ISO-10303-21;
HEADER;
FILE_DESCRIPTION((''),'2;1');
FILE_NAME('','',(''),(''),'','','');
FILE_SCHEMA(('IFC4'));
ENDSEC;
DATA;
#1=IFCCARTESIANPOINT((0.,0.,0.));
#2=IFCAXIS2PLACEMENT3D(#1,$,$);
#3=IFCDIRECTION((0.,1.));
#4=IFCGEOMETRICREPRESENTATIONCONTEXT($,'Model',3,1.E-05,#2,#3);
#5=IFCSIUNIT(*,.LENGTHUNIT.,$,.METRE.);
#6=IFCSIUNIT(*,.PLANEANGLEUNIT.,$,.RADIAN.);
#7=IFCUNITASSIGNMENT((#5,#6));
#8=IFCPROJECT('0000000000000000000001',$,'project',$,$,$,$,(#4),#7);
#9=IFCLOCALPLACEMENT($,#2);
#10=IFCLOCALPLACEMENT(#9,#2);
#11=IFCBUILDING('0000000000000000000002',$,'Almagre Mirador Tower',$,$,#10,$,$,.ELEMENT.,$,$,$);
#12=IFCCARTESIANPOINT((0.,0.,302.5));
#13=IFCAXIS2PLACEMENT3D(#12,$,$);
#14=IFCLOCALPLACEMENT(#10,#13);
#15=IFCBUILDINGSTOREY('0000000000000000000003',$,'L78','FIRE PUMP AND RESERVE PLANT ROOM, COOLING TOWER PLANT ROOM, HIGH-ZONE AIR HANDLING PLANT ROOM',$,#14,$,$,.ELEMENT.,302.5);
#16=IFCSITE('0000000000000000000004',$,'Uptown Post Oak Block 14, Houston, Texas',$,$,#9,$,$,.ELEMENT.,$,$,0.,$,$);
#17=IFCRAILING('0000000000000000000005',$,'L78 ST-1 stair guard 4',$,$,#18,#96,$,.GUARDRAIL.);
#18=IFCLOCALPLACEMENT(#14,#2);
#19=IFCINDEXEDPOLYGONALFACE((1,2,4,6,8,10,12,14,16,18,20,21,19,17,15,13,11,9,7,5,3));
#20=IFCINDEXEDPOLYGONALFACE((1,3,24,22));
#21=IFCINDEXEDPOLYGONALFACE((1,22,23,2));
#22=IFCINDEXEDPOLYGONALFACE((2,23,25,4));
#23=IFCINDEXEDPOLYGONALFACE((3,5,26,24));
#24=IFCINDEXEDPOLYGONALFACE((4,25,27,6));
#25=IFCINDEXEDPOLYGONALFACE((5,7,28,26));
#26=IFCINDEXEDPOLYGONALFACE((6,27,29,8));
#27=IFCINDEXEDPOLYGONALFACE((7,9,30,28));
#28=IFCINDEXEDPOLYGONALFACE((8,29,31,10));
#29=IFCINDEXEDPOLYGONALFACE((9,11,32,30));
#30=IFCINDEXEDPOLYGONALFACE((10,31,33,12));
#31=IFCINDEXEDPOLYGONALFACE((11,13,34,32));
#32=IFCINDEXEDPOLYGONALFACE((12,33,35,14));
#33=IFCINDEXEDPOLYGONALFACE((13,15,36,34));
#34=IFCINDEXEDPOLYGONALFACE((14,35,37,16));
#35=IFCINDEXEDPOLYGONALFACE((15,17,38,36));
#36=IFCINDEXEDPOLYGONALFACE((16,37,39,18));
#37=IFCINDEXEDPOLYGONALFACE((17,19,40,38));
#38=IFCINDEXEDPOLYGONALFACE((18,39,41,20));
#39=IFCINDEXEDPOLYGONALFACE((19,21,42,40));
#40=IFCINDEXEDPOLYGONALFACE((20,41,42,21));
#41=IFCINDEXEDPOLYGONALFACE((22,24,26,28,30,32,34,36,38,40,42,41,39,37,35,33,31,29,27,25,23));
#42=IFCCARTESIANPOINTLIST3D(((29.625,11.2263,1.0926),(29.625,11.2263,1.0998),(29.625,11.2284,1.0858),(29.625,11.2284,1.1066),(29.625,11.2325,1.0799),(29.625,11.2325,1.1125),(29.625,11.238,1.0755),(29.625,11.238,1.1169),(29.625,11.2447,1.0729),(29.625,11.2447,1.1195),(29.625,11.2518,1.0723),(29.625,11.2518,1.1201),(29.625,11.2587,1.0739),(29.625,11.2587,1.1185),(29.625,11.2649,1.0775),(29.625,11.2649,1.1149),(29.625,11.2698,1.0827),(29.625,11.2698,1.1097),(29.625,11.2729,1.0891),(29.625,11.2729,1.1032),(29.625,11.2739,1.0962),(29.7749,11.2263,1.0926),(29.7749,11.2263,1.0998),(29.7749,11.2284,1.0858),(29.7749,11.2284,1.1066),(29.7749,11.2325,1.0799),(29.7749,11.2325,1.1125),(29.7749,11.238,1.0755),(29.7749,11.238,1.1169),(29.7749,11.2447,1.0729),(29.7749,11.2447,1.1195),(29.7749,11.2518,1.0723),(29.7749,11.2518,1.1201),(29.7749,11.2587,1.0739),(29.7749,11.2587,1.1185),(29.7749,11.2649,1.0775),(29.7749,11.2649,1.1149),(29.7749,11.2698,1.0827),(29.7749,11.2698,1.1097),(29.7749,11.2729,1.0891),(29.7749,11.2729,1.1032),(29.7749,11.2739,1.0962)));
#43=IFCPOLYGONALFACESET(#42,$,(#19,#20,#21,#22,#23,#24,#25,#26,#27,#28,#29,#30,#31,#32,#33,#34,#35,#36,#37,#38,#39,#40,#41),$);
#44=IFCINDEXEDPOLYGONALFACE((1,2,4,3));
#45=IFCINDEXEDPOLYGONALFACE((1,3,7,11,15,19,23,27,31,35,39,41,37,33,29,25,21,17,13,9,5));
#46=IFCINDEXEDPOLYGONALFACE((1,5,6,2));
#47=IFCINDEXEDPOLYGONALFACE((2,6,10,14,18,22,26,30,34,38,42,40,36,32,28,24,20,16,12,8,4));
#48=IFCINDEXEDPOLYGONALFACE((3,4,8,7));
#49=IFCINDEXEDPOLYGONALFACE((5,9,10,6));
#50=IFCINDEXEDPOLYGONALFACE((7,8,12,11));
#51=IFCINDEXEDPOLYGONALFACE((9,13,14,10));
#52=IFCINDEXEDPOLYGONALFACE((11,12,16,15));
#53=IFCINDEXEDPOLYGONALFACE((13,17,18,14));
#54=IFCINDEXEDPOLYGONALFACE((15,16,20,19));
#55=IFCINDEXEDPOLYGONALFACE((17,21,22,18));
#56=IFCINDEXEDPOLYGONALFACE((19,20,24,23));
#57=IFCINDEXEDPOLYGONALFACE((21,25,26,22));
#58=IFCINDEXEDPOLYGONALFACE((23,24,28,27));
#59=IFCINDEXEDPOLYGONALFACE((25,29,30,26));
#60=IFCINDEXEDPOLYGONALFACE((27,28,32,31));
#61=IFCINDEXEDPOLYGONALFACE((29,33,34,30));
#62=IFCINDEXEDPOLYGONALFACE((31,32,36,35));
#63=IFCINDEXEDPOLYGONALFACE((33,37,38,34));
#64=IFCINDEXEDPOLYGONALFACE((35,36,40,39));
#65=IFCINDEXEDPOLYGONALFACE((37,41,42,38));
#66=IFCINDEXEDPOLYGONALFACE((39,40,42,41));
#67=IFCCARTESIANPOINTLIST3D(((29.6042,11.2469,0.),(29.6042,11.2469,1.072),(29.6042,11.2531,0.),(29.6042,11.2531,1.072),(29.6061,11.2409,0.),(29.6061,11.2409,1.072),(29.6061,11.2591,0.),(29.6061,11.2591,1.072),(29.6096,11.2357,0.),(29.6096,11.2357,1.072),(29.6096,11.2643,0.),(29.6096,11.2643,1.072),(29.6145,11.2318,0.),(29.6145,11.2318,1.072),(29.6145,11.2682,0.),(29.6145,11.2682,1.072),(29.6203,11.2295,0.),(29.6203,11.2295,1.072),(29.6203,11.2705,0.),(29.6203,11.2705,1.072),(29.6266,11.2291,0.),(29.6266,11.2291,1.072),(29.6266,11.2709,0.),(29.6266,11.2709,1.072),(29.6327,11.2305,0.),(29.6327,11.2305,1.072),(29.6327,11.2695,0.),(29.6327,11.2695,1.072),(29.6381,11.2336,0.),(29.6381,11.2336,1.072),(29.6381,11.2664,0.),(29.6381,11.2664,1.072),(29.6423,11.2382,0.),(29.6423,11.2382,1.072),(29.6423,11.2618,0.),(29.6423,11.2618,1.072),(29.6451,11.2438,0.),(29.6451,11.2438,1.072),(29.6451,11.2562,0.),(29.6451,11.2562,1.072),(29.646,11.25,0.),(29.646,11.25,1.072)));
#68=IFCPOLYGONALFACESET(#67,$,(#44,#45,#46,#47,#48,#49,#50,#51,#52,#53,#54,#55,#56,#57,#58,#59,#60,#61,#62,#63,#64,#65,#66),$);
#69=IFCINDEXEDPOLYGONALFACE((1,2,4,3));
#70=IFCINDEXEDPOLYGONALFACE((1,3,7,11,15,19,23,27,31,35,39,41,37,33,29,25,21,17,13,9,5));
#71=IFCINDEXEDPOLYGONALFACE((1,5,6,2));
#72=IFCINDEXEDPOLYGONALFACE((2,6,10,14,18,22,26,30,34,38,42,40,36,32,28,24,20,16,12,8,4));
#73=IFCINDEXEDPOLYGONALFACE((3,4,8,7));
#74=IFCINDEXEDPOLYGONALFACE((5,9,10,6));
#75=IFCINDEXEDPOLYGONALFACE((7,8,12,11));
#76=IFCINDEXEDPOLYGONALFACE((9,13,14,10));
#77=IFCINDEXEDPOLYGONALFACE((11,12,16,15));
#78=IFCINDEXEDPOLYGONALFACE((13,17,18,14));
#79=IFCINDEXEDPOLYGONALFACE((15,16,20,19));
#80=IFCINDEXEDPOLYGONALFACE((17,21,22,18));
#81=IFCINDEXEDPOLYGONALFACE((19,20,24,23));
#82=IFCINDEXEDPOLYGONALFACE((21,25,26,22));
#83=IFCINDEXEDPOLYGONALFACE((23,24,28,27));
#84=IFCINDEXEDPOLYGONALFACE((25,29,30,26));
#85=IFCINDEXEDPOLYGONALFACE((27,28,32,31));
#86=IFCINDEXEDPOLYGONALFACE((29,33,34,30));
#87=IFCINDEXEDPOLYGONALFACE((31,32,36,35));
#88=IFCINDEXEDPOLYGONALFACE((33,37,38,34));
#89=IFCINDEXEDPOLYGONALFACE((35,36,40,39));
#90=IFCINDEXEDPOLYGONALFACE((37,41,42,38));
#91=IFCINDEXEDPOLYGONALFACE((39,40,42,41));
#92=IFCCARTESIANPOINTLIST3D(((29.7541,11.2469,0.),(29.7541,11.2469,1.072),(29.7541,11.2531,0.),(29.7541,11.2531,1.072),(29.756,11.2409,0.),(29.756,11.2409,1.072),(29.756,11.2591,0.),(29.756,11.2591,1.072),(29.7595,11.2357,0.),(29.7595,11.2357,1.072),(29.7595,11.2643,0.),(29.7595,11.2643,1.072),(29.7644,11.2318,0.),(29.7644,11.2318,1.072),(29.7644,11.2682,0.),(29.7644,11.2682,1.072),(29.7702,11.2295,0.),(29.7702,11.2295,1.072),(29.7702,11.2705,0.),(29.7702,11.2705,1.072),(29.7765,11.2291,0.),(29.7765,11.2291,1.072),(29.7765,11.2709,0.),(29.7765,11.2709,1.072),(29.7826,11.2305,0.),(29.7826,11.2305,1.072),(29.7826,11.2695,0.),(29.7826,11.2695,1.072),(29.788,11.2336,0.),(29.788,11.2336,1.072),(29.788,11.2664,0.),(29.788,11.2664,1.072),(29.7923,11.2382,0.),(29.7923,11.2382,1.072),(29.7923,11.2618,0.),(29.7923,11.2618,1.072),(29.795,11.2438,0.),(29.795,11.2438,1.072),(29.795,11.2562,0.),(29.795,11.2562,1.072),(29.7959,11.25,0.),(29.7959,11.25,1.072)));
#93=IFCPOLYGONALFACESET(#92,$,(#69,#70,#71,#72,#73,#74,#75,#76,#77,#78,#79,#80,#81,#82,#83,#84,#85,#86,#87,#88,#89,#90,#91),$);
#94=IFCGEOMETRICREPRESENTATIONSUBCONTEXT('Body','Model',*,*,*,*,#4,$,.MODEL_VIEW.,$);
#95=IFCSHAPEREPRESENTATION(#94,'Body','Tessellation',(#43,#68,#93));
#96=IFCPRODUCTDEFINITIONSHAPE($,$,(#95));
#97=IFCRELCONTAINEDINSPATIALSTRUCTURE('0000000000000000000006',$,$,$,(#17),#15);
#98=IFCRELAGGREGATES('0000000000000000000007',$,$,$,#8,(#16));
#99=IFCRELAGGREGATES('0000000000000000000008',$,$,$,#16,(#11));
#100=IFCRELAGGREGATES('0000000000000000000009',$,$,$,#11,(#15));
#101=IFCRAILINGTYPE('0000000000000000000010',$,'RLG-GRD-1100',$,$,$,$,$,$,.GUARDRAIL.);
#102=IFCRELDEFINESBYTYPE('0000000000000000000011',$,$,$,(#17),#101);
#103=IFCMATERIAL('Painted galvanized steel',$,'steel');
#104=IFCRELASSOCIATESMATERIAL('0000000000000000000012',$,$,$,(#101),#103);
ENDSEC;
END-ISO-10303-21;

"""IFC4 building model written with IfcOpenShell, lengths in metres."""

from ifc_helpers import new_model, si_unit, direction, frame, origin, origin_2d, place, context, subcontext, project, spatial, circle, extrude, material, type_object, element, save


model = new_model("IFC4")

# Units and contexts
model_context = context("Model", 3, precision=1e-05, world=origin(), true_north=direction((0.0, 1.0)))
body_context = subcontext(model_context, "Body", "Model", "MODEL_VIEW")
ifc_project = project(units=[si_unit("LENGTHUNIT", "METRE"), si_unit("PLANEANGLEUNIT", "RADIAN")], contexts=[model_context])

# Site, building, storey
site_placement = place(None, origin())
site = spatial("IfcSite", under=ifc_project, at=site_placement, Name="Uptown Post Oak Block 14, Houston, Texas", CompositionType="ELEMENT", RefElevation=0.0)
building_placement = place(site_placement, origin())
building = spatial("IfcBuilding", under=site, at=building_placement, Name="Almagre Mirador Tower", CompositionType="ELEMENT")
storey_placement = place(building_placement, frame((0.0, 0.0, 302.5)))
storey = spatial("IfcBuildingStorey", under=building, at=storey_placement, Name="L78", Description="FIRE PUMP AND RESERVE PLANT ROOM, COOLING TOWER PLANT ROOM, HIGH-ZONE AIR HANDLING PLANT ROOM", CompositionType="ELEMENT", Elevation=302.5)

# Railing
ifc_material_1 = material(Name="Painted galvanized steel", Category="steel")
railing_type_1 = type_object("IfcRailingType", Name="RLG-GRD-1100", PredefinedType="GUARDRAIL", material=ifc_material_1)
railing_1_placement = place(storey_placement, frame((29.625, 11.25, 0.0)))
element("IfcRailing", 1, at=railing_1_placement, inside=storey, type_object=railing_type_1, Name="L78 ST-1 stair guard 4", PredefinedType="GUARDRAIL", context=body_context, shape_type="SweptSolid", body=[
    extrude(circle(Radius=0.0239, at=origin_2d()), frame((0.0, 0.0, 1.0962), z_axis=(1.0, 0.0, 0.0), x_axis=(0.0, 1.0, 0.0)), (0.0, 0.0, 1.0), 0.1499),
    extrude(circle(Radius=0.021, at=origin_2d()), origin(), (0.0, 0.0, 1.0), 1.072),
    extrude(circle(Radius=0.021, at=origin_2d()), frame((0.1499, 0.0, 0.0)), (0.0, 0.0, 1.0), 1.072),
])

save(model, "model.ifc")
